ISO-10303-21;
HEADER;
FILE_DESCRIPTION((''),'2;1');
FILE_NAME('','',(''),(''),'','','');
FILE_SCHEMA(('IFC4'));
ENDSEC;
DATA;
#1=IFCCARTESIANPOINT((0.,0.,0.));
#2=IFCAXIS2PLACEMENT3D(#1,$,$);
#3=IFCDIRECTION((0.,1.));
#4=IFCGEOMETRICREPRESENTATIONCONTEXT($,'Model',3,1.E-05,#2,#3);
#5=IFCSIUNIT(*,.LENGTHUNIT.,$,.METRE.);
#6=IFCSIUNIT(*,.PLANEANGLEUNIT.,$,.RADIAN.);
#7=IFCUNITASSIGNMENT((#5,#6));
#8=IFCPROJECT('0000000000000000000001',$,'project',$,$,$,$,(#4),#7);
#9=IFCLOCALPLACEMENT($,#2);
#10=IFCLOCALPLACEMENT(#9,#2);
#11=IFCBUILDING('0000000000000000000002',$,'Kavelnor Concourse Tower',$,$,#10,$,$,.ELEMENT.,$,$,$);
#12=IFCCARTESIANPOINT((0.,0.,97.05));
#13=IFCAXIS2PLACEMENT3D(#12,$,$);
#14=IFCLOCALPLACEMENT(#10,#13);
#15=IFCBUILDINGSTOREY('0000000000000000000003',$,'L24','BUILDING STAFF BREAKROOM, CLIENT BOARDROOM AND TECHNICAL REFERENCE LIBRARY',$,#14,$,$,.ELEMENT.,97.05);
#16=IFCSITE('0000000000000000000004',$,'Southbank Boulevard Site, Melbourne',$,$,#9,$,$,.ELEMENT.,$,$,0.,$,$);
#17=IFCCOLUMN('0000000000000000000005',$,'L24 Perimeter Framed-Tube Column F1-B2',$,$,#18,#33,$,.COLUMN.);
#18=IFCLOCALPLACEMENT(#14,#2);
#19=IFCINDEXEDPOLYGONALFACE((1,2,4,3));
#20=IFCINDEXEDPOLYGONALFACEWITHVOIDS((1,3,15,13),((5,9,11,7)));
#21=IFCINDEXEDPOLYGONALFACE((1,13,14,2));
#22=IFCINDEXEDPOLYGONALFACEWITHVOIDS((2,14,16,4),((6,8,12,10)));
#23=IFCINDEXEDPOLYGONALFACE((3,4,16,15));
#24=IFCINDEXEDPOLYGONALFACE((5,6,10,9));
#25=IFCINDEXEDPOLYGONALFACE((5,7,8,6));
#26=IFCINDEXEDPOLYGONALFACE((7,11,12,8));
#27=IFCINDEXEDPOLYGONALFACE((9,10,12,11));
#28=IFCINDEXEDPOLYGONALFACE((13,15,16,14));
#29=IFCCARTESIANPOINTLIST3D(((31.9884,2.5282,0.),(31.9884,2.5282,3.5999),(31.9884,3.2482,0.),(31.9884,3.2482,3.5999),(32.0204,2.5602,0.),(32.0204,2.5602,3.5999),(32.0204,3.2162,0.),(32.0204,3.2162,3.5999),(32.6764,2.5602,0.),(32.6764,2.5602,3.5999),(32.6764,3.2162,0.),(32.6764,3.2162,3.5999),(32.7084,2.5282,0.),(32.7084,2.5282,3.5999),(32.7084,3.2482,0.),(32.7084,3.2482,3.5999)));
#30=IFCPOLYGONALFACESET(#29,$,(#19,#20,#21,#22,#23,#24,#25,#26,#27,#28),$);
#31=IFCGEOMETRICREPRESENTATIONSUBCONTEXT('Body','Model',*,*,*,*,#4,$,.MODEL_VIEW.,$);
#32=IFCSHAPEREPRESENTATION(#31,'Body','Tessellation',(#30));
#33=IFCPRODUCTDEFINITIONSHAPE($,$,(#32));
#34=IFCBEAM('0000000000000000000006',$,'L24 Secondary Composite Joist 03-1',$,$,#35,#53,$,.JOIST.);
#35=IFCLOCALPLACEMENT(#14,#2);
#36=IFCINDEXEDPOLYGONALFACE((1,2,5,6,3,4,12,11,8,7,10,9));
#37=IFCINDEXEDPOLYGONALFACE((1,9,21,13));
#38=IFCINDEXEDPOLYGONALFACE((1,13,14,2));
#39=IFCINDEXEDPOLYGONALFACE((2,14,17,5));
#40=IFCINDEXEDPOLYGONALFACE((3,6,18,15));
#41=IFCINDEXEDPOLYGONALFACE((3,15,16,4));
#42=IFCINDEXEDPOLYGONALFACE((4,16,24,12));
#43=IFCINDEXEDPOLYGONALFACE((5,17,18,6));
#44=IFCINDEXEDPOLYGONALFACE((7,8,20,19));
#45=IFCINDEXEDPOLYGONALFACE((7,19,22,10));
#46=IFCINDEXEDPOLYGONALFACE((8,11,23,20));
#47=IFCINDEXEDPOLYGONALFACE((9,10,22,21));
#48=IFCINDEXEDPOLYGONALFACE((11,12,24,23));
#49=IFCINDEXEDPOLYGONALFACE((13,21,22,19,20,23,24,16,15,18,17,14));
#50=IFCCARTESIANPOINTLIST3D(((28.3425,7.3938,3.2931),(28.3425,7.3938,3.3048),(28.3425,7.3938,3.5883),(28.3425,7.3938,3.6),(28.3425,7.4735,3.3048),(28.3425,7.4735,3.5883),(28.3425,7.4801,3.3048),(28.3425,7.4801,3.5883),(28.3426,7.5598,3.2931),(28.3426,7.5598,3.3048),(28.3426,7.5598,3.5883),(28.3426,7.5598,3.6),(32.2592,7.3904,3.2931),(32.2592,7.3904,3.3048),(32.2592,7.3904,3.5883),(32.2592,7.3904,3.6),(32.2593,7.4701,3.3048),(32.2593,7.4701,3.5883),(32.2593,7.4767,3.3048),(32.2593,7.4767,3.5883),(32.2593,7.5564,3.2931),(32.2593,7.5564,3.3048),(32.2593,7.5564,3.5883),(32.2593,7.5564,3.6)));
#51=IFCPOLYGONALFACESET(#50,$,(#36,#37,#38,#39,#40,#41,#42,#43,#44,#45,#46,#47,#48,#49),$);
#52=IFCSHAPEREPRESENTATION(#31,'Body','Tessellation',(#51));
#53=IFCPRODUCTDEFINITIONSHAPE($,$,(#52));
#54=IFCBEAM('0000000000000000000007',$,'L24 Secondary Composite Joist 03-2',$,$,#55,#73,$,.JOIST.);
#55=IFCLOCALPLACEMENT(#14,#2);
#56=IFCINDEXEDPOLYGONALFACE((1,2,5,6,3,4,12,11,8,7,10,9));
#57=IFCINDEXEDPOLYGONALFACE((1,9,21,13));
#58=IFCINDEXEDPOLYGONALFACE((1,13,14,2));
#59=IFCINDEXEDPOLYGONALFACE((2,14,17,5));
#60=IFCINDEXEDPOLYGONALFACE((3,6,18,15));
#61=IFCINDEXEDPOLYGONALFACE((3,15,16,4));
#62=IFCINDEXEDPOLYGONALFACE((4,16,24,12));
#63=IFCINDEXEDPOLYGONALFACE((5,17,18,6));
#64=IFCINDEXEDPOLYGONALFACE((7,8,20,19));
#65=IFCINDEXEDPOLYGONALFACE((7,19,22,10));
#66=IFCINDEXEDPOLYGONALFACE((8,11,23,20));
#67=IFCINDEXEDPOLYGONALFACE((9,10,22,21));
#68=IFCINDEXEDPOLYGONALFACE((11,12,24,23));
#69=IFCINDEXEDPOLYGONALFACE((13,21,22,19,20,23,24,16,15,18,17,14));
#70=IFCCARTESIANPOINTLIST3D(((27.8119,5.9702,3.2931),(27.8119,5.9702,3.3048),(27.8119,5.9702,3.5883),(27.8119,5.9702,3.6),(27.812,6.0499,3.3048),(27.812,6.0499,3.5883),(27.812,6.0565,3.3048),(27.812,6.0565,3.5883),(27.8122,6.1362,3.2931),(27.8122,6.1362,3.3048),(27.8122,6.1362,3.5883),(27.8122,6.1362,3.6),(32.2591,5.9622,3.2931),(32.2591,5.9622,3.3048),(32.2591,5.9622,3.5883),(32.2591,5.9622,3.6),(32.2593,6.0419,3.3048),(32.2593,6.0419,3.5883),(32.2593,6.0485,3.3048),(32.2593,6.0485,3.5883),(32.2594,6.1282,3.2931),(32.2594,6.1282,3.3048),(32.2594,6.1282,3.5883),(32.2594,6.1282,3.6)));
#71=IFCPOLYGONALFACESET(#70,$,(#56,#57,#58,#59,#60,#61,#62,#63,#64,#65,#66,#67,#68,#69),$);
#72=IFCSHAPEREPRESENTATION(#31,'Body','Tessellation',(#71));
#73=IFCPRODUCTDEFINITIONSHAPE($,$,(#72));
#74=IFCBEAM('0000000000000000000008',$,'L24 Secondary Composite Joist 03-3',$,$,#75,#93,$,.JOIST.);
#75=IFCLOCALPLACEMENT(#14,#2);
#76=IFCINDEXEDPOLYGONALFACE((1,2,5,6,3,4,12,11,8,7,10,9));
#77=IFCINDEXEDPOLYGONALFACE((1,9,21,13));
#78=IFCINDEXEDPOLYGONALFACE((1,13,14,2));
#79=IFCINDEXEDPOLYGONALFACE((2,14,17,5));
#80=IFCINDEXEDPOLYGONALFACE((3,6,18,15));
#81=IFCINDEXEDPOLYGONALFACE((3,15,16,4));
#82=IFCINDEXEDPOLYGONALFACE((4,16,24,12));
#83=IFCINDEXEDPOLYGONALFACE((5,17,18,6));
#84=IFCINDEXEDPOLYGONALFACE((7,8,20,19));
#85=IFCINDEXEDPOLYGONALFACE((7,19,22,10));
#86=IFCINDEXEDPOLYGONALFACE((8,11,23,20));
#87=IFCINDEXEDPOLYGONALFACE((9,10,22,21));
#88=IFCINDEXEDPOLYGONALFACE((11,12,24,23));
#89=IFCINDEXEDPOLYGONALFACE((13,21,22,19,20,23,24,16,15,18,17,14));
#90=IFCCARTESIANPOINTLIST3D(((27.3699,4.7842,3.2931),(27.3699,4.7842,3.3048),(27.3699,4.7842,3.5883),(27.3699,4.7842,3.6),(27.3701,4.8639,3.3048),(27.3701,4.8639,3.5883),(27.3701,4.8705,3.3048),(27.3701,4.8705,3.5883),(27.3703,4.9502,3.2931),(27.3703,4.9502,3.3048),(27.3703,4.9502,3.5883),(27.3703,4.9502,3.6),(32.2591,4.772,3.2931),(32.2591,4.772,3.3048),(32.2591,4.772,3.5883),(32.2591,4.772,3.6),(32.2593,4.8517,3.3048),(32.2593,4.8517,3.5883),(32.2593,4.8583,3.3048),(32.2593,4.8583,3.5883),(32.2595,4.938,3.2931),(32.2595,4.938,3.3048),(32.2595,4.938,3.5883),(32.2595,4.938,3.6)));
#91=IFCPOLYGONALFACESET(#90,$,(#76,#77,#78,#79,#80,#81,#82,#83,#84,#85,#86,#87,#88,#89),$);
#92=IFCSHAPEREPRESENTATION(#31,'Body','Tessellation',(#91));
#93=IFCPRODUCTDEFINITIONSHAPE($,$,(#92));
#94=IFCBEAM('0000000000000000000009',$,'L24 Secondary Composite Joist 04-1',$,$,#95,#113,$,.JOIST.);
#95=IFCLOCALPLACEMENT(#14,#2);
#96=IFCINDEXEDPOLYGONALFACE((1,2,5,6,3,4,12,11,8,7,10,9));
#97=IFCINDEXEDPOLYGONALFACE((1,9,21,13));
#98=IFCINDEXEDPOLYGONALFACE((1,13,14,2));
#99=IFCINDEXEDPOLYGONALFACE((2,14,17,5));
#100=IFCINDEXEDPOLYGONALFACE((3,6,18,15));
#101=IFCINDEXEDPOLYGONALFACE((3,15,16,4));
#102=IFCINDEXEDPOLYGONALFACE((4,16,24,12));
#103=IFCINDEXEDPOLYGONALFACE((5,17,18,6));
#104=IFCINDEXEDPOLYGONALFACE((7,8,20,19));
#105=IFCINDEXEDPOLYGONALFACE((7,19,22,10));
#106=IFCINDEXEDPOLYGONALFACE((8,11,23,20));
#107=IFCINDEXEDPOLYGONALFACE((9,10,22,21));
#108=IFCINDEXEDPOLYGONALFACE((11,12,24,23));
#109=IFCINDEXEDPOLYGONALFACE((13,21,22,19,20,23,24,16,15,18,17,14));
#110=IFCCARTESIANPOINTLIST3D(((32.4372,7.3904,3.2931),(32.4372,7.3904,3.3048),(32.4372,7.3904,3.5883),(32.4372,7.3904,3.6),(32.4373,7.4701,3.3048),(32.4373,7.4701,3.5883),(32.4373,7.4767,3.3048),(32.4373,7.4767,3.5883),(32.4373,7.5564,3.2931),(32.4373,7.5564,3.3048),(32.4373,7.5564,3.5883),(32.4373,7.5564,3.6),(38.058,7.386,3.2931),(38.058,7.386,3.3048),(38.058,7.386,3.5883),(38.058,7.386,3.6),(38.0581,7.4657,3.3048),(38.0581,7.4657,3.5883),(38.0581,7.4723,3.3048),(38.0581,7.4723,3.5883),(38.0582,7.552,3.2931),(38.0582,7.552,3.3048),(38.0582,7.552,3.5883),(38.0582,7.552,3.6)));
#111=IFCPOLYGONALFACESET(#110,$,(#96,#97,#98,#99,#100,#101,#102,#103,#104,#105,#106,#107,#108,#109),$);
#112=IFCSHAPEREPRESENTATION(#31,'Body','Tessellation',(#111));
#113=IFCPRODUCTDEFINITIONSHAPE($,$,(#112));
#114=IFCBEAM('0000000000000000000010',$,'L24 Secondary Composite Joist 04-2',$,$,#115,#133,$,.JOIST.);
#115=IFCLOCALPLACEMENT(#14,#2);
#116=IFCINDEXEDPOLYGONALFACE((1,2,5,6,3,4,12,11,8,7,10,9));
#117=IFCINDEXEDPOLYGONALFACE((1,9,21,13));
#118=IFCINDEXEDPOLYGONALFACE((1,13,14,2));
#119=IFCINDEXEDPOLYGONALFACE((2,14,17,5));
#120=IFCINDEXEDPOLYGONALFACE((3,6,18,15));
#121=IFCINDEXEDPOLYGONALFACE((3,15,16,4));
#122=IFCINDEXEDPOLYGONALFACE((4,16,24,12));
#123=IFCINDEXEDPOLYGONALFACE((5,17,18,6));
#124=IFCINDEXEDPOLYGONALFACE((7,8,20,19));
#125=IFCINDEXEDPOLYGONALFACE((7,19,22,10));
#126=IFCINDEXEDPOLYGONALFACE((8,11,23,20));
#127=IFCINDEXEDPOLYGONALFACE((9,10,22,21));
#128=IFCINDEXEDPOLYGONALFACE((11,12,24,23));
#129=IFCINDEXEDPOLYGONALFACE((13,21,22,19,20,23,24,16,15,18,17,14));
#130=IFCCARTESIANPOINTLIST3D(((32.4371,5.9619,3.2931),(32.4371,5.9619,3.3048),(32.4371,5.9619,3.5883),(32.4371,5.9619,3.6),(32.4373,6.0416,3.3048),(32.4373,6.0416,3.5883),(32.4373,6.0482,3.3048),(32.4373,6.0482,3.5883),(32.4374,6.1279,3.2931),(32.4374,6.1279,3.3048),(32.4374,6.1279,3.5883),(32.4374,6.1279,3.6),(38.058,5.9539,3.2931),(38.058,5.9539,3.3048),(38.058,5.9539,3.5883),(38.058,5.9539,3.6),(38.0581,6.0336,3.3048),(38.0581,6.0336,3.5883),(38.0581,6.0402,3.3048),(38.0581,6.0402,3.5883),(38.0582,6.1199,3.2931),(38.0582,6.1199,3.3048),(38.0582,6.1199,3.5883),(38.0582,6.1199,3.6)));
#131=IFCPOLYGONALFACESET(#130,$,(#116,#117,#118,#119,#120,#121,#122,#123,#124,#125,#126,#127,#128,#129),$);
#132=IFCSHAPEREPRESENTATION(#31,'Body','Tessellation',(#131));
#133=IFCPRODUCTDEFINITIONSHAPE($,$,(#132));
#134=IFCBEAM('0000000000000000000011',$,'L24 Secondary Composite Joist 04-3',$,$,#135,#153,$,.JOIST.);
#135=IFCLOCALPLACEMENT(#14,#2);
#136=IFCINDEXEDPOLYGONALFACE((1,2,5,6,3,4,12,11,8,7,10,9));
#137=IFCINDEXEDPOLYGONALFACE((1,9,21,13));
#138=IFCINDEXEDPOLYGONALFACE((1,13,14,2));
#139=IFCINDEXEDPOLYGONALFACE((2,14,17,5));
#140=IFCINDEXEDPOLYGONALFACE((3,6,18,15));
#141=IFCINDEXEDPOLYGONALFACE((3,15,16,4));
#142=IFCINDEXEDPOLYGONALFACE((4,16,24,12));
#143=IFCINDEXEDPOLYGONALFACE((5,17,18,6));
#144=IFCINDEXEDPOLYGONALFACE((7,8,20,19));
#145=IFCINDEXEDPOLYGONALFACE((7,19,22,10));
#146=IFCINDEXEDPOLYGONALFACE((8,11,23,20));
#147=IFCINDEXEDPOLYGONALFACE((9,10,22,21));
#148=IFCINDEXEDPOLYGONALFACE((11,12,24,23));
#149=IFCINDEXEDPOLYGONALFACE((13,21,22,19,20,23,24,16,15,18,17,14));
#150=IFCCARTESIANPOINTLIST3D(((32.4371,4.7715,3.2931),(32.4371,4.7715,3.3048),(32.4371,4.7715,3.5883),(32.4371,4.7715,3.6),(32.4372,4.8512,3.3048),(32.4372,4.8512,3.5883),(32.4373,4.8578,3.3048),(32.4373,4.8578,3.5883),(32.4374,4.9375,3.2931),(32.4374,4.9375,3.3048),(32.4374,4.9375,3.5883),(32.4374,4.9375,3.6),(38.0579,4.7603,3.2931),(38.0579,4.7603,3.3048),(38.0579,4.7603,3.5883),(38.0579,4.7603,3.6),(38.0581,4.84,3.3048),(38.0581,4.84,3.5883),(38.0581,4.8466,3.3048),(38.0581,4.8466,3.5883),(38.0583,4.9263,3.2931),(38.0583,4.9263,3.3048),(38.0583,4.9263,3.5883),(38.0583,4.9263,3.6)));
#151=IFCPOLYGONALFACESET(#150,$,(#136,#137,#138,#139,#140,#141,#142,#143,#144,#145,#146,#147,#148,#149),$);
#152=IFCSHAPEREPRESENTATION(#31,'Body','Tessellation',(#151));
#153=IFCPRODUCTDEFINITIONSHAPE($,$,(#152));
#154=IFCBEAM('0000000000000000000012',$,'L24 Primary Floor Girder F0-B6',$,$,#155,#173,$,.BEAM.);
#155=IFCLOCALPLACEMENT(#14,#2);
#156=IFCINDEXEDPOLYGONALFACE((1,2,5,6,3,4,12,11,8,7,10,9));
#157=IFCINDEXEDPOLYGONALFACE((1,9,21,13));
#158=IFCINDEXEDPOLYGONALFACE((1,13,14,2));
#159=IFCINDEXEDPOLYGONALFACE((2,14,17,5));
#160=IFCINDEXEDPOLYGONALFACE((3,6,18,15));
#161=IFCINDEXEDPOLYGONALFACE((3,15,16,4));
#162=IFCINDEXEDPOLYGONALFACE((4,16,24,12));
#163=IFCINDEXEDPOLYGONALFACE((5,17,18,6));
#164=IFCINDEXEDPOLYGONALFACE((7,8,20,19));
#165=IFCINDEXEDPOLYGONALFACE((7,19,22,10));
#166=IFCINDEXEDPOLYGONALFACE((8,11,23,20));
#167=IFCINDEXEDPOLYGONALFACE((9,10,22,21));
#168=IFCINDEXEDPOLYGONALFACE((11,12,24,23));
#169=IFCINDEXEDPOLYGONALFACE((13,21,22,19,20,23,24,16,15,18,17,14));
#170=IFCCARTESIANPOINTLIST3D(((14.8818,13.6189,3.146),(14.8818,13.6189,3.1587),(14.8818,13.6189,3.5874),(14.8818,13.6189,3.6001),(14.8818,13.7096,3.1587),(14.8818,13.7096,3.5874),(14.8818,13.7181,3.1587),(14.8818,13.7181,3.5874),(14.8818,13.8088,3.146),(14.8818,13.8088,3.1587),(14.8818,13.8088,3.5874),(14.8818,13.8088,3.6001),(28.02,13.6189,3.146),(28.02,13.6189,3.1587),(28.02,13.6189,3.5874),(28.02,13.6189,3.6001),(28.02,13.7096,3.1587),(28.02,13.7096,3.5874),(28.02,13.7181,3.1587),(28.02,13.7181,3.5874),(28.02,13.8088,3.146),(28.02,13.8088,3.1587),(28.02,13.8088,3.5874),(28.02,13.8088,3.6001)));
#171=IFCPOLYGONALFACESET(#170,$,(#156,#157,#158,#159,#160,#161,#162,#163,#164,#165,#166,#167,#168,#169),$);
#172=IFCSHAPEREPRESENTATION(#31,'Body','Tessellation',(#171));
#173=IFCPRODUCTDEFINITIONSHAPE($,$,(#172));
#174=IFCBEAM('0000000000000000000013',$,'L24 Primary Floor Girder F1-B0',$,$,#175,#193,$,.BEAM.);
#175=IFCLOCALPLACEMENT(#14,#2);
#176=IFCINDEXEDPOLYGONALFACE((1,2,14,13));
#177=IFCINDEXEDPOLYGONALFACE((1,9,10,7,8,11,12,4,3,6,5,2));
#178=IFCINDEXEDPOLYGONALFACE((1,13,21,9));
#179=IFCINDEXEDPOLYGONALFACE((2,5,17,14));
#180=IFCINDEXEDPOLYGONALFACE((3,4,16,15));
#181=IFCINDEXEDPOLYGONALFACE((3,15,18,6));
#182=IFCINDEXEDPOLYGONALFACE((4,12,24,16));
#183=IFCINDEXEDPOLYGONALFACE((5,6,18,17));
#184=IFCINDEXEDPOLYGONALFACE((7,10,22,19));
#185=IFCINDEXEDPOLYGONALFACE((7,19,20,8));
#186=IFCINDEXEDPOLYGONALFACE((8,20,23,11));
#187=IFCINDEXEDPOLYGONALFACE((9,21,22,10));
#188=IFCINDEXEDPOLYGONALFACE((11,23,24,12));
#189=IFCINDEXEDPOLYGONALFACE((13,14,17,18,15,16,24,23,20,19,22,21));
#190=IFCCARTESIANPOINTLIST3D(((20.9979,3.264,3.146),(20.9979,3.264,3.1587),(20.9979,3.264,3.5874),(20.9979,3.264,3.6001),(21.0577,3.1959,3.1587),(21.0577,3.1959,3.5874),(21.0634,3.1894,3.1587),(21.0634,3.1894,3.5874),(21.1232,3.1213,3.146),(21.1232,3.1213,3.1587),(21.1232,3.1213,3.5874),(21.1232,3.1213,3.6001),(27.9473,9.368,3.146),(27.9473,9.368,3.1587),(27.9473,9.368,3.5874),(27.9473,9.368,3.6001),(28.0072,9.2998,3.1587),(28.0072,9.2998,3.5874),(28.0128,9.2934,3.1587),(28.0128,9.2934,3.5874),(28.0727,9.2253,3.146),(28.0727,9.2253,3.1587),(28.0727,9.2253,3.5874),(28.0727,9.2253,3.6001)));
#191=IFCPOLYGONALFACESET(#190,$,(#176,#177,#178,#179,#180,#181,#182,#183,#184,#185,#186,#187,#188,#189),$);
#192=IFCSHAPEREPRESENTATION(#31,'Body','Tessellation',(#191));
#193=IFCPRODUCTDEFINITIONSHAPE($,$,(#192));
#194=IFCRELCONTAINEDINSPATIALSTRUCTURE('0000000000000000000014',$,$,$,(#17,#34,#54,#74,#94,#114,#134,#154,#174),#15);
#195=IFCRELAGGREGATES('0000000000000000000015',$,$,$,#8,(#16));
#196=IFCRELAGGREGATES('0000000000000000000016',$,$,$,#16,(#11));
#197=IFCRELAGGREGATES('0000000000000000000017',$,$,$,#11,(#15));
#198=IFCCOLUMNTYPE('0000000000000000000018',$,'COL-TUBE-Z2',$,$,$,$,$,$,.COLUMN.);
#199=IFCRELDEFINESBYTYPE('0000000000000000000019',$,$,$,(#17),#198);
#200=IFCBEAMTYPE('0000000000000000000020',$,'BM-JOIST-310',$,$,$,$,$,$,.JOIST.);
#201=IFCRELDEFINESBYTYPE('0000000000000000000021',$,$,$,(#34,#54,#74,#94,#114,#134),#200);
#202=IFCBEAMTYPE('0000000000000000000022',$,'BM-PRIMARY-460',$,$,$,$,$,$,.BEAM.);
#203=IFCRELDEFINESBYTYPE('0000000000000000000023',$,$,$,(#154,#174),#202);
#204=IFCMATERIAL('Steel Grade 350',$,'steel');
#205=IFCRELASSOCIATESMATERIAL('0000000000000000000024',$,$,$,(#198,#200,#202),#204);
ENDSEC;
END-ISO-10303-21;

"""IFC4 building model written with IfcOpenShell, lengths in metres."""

from ifc_helpers import new_model, si_unit, direction, frame, origin, origin_2d, place, context, subcontext, project, spatial, hollow_rectangle, i_section, extrude, material, material_profile, profile_set, type_object, element, save


model = new_model("IFC4")

# Units and contexts
model_context = context("Model", 3, precision=1e-05, world=origin(), true_north=direction((0.0, 1.0)))
body_context = subcontext(model_context, "Body", "Model", "MODEL_VIEW")
ifc_project = project(units=[si_unit("LENGTHUNIT", "METRE"), si_unit("PLANEANGLEUNIT", "RADIAN")], contexts=[model_context])

# Site, building, storey
site_placement = place(None, origin())
site = spatial("IfcSite", under=ifc_project, at=site_placement, Name="Southbank Boulevard Site, Melbourne", CompositionType="ELEMENT", RefElevation=0.0)
building_placement = place(site_placement, origin())
building = spatial("IfcBuilding", under=site, at=building_placement, Name="Kavelnor Concourse Tower", CompositionType="ELEMENT")
storey_placement = place(building_placement, frame((0.0, 0.0, 97.05)))
storey = spatial("IfcBuildingStorey", under=building, at=storey_placement, Name="L24", Description="BUILDING STAFF BREAKROOM, CLIENT BOARDROOM AND TECHNICAL REFERENCE LIBRARY", CompositionType="ELEMENT", Elevation=97.05)

# Column
ifc_material_1 = material(Name="Steel Grade 350", Category="steel")
ifc_material_profile_1 = material_profile(ifc_material_1, hollow_rectangle(XDim=0.72, YDim=0.72, WallThickness=0.032, at=origin_2d()), Name="SHS 720x720x32")
ifc_profile_set_1 = profile_set([ifc_material_profile_1], Name="Steel Grade 350")
column_type = type_object("IfcColumnType", Name="COL-TUBE-Z2", PredefinedType="COLUMN", material=ifc_profile_set_1)
column_placement = place(storey_placement, frame((32.3484, 2.8882, 0.0), z_axis=(0.0, 0.0, 1.0), x_axis=(1.0, 0.0, 0.0)))
element("IfcColumn", 1, at=column_placement, inside=storey, type_object=column_type, Name="L24 Perimeter Framed-Tube Column F1-B2", PredefinedType="COLUMN", context=body_context, shape_type="SweptSolid", body=[
    extrude(hollow_rectangle(XDim=0.72, YDim=0.72, WallThickness=0.032, at=origin_2d()), origin(), (0.0, 0.0, 1.0), 3.5999),
])

# Beams
ifc_material_profile_2 = material_profile(ifc_material_1, i_section(OverallWidth=0.166, OverallDepth=0.3069, WebThickness=0.0066, FlangeThickness=0.0117, at=origin_2d()), Name="310UB46")
ifc_profile_set_2 = profile_set([ifc_material_profile_2], Name="Steel Grade 350")
beam_type_1 = type_object("IfcBeamType", Name="BM-JOIST-310", PredefinedType="JOIST", material=ifc_profile_set_2)
beam_1_placement = place(storey_placement, frame((28.3425, 7.4768, 3.4465), z_axis=(1.0, -0.000873, 0.0), x_axis=(0.000873, 1.0, 0.0)))
element("IfcBeam", 2, at=beam_1_placement, inside=storey, type_object=beam_type_1, Name="L24 Secondary Composite Joist 03-1", PredefinedType="JOIST", context=body_context, shape_type="SweptSolid", body=[
    extrude(i_section(OverallWidth=0.166, OverallDepth=0.3069, WebThickness=0.0066, FlangeThickness=0.0117, at=origin_2d()), origin(), (0.0, 0.0, 1.0), 3.9167),
])
beam_2_placement = place(storey_placement, frame((27.812, 6.0532, 3.4465), z_axis=(0.999998, -0.001812, 0.0), x_axis=(0.001812, 0.999998, 0.0)))
element("IfcBeam", 3, at=beam_2_placement, inside=storey, type_object=beam_type_1, Name="L24 Secondary Composite Joist 03-2", PredefinedType="JOIST", context=body_context, shape_type="SweptSolid", body=[
    extrude(i_section(OverallWidth=0.166, OverallDepth=0.3069, WebThickness=0.0066, FlangeThickness=0.0117, at=origin_2d()), origin(), (0.0, 0.0, 1.0), 4.4473),
])
beam_3_placement = place(storey_placement, frame((27.3701, 4.8672, 3.4465), z_axis=(0.999997, -0.002497, 0.0), x_axis=(0.002497, 0.999997, 0.0)))
element("IfcBeam", 4, at=beam_3_placement, inside=storey, type_object=beam_type_1, Name="L24 Secondary Composite Joist 03-3", PredefinedType="JOIST", context=body_context, shape_type="SweptSolid", body=[
    extrude(i_section(OverallWidth=0.166, OverallDepth=0.3069, WebThickness=0.0066, FlangeThickness=0.0117, at=origin_2d()), origin(), (0.0, 0.0, 1.0), 4.8892),
])
for number, where, z_axis, x_axis, name in (
    (5, (32.4373, 7.4734, 3.4465), (1.0, -0.000782, 0.0), (0.000782, 1.0, 0.0), "L24 Secondary Composite Joist 04-1"),
    (6, (32.4373, 6.0449, 3.4465), (0.999999, -0.001433, 0.0), (0.001433, 0.999999, 0.0), "L24 Secondary Composite Joist 04-2"),
    (7, (32.4373, 4.8545, 3.4465), (0.999998, -0.001998, 0.0), (0.001998, 0.999998, 0.0), "L24 Secondary Composite Joist 04-3"),
):
    element("IfcBeam", number, at=place(storey_placement, frame(where, z_axis=z_axis, x_axis=x_axis)), inside=storey, type_object=beam_type_1, Name=name, PredefinedType="JOIST", context=body_context, shape_type="SweptSolid", body=[
        extrude(i_section(OverallWidth=0.166, OverallDepth=0.3069, WebThickness=0.0066, FlangeThickness=0.0117, at=origin_2d()), origin(), (0.0, 0.0, 1.0), 5.6208),
    ])
ifc_material_profile_3 = material_profile(ifc_material_1, i_section(OverallWidth=0.1899, OverallDepth=0.4541, WebThickness=0.0085, FlangeThickness=0.0127, at=origin_2d()), Name="460UB67")
ifc_profile_set_3 = profile_set([ifc_material_profile_3], Name="Steel Grade 350")
beam_type_2 = type_object("IfcBeamType", Name="BM-PRIMARY-460", PredefinedType="BEAM", material=ifc_profile_set_3)
beam_4_placement = place(storey_placement, frame((28.02, 13.7139, 3.373), z_axis=(-1.0, 0.0, 0.0), x_axis=(0.0, -1.0, 0.0)))
element("IfcBeam", 8, at=beam_4_placement, inside=storey, type_object=beam_type_2, Name="L24 Primary Floor Girder F0-B6", PredefinedType="BEAM", context=body_context, shape_type="SweptSolid", body=[
    extrude(i_section(OverallWidth=0.1899, OverallDepth=0.4541, WebThickness=0.0085, FlangeThickness=0.0127, at=origin_2d()), origin(), (0.0, 0.0, 1.0), 13.1382),
])
beam_5_placement = place(storey_placement, frame((28.01, 9.2966, 3.373), z_axis=(-0.751331, -0.659925, 0.0), x_axis=(0.659925, -0.751331, 0.0)))
element("IfcBeam", 9, at=beam_5_placement, inside=storey, type_object=beam_type_2, Name="L24 Primary Floor Girder F1-B0", PredefinedType="BEAM", context=body_context, shape_type="SweptSolid", body=[
    extrude(i_section(OverallWidth=0.1899, OverallDepth=0.4541, WebThickness=0.0085, FlangeThickness=0.0127, at=origin_2d()), origin(), (0.0, 0.0, 1.0), 9.2495),
])

save(model, "model.ifc")
